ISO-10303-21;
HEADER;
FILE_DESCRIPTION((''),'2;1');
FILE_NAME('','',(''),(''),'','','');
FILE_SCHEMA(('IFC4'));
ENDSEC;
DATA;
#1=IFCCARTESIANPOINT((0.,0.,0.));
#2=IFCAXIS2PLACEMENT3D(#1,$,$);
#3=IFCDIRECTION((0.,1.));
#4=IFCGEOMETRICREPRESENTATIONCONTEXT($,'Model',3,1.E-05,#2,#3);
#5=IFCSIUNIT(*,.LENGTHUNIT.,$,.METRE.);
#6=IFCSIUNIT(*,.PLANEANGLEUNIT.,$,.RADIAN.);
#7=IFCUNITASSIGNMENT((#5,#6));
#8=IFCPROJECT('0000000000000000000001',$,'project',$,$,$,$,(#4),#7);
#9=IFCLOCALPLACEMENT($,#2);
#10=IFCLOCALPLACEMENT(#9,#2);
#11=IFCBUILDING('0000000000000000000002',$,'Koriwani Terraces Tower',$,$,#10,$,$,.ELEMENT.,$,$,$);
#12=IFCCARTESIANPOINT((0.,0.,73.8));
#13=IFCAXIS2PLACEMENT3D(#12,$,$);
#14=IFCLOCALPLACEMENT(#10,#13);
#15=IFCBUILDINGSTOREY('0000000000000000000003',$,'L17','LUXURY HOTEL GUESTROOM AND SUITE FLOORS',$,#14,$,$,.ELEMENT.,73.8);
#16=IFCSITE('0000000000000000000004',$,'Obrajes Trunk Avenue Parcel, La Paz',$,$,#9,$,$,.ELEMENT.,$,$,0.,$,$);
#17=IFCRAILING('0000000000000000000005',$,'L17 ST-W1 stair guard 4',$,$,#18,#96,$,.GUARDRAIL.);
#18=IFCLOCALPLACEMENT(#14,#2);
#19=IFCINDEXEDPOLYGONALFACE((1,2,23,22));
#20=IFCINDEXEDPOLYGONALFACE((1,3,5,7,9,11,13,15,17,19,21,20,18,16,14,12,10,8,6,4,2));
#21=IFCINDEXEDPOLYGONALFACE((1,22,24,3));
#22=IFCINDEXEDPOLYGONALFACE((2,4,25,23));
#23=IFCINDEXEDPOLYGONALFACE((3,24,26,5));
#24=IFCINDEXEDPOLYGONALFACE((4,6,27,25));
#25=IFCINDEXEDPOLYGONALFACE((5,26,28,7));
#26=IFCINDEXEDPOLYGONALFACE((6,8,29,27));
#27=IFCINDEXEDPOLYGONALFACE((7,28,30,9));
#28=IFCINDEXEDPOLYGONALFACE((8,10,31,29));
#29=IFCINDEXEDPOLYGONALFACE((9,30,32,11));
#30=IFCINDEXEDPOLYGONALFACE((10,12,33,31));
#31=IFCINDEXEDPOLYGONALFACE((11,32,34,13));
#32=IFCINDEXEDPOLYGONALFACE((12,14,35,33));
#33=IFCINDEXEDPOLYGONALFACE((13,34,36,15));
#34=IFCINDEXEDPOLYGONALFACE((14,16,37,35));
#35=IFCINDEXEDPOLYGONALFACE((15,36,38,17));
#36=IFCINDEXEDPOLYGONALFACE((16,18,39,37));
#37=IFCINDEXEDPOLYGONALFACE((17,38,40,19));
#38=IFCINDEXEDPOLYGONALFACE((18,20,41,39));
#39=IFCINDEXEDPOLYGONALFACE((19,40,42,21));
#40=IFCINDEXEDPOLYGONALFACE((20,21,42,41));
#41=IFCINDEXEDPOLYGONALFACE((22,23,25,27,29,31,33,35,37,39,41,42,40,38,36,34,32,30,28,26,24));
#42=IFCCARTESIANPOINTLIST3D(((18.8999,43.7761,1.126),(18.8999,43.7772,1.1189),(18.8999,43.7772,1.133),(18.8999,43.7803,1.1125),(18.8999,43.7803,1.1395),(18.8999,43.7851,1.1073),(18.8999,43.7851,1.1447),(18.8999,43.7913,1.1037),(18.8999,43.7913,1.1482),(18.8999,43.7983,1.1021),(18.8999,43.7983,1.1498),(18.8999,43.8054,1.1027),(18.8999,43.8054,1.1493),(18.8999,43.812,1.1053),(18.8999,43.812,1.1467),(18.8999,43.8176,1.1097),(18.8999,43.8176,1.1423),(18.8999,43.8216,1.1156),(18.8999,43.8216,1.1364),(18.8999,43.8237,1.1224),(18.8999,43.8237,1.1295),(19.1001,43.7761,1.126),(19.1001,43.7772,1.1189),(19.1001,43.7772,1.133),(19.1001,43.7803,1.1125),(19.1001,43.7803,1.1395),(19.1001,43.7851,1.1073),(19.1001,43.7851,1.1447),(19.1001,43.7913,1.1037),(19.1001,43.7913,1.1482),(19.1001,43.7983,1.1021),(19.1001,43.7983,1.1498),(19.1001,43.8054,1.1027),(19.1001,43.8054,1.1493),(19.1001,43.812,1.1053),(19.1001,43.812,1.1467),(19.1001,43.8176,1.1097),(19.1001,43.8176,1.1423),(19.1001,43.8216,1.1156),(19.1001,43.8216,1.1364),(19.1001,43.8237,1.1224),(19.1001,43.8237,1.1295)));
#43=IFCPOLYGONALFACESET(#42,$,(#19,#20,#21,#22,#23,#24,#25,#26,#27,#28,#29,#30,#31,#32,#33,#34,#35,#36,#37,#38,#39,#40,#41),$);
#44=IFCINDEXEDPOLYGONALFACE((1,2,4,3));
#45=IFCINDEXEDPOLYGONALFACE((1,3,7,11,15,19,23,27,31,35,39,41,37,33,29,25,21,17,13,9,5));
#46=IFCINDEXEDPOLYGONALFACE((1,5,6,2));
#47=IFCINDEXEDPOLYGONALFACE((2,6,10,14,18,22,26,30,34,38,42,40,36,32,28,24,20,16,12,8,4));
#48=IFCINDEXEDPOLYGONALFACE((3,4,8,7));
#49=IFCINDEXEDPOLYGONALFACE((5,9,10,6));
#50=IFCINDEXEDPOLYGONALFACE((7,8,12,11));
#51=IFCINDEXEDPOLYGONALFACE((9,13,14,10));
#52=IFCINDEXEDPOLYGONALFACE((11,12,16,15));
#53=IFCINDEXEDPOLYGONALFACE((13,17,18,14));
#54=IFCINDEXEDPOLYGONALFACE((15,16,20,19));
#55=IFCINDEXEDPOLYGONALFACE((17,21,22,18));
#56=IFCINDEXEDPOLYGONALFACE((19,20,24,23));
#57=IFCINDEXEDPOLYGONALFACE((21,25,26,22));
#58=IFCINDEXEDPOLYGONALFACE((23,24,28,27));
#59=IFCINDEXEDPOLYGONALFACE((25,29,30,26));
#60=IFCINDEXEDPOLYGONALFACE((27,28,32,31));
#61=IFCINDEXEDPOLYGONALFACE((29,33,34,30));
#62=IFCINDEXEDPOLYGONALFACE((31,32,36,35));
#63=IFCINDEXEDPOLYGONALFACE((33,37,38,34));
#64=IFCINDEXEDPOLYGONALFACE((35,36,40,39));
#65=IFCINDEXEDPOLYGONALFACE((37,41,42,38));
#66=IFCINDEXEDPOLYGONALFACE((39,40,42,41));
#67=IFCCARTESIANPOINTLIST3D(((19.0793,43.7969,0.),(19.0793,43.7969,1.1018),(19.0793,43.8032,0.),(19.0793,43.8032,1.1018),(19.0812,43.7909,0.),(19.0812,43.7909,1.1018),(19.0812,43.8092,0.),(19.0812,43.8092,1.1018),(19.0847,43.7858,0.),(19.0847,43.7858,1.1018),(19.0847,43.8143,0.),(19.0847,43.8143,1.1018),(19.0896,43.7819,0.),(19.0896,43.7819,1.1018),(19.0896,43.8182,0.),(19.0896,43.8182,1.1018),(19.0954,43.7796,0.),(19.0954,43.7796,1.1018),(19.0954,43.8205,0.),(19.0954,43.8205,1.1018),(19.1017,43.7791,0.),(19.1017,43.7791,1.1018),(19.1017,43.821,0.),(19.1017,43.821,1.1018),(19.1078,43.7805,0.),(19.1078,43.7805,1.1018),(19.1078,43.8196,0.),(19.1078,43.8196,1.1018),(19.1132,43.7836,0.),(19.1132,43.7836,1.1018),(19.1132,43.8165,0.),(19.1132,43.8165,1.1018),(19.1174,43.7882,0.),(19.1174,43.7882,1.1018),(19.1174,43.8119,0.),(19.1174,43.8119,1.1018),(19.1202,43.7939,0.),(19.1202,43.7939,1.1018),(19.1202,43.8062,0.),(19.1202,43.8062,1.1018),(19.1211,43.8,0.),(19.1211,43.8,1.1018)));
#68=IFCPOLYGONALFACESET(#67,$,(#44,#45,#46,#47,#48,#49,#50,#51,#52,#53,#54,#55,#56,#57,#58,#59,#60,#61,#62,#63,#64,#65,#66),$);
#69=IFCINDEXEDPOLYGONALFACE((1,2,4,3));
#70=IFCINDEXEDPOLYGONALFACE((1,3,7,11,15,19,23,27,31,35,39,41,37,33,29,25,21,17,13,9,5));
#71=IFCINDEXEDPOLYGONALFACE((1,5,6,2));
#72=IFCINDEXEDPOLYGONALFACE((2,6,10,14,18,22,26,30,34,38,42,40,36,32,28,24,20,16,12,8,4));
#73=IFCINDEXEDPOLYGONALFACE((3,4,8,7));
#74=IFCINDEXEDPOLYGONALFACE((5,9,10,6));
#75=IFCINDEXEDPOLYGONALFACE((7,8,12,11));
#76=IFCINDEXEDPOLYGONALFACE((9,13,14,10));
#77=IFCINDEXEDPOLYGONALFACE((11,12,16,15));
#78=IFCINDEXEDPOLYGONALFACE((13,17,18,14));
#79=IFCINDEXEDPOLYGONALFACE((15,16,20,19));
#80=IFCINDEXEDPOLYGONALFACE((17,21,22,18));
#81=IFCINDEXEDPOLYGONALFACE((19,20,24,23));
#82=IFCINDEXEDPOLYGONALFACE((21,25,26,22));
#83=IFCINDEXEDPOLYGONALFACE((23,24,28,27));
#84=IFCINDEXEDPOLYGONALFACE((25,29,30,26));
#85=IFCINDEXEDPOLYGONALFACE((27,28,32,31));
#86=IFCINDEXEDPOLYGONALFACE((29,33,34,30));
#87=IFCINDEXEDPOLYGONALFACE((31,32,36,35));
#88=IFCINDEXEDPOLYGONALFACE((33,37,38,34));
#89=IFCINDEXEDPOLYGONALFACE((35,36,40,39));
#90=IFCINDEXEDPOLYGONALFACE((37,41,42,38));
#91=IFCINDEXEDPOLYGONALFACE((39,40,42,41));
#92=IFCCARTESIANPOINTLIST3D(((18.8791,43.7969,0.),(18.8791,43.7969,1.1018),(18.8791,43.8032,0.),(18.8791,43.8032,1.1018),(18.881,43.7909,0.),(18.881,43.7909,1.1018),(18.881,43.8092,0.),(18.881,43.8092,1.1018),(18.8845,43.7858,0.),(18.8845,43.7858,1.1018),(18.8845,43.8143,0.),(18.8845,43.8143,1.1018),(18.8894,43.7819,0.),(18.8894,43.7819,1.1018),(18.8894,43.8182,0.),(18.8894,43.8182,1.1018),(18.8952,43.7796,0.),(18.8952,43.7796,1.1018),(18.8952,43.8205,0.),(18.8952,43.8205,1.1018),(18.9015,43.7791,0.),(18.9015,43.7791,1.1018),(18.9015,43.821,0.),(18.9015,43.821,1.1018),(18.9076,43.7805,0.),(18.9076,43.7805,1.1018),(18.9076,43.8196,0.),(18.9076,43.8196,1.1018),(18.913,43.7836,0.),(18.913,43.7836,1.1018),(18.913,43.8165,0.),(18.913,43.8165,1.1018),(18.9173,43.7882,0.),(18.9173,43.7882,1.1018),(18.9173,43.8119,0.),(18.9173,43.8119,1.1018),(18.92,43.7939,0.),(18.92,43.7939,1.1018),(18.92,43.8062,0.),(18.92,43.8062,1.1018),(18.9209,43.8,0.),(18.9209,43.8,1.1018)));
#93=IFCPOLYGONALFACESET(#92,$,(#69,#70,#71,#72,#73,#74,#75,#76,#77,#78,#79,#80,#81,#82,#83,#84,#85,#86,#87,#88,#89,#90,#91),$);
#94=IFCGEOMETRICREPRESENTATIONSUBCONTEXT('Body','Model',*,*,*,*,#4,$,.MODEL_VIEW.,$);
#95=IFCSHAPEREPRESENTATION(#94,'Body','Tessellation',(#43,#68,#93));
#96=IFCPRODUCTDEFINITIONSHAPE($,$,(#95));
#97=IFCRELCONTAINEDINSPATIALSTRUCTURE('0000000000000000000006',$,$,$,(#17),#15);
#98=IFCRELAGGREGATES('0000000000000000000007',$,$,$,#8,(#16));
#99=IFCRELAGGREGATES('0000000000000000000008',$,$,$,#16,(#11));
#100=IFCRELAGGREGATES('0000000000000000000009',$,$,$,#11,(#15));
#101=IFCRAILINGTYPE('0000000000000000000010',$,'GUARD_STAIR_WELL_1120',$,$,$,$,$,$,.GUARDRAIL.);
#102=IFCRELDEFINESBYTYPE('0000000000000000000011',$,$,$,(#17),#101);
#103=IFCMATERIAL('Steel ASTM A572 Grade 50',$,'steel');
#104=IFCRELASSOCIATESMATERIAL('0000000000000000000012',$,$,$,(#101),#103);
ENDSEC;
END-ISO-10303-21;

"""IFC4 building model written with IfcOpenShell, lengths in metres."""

from ifc_helpers import new_model, si_unit, direction, frame, origin, origin_2d, place, context, subcontext, project, spatial, circle, extrude, material, type_object, element, save


model = new_model("IFC4")

# Units and contexts
model_context = context("Model", 3, precision=1e-05, world=origin(), true_north=direction((0.0, 1.0)))
body_context = subcontext(model_context, "Body", "Model", "MODEL_VIEW")
ifc_project = project(units=[si_unit("LENGTHUNIT", "METRE"), si_unit("PLANEANGLEUNIT", "RADIAN")], contexts=[model_context])

# Site, building, storey
site_placement = place(None, origin())
site = spatial("IfcSite", under=ifc_project, at=site_placement, Name="Obrajes Trunk Avenue Parcel, La Paz", CompositionType="ELEMENT", RefElevation=0.0)
building_placement = place(site_placement, origin())
building = spatial("IfcBuilding", under=site, at=building_placement, Name="Koriwani Terraces Tower", CompositionType="ELEMENT")
storey_placement = place(building_placement, frame((0.0, 0.0, 73.8)))
storey = spatial("IfcBuildingStorey", under=building, at=storey_placement, Name="L17", Description="LUXURY HOTEL GUESTROOM AND SUITE FLOORS", CompositionType="ELEMENT", Elevation=73.8)

# Shared definitions
ifc_material_1 = material(Name="Steel ASTM A572 Grade 50", Category="steel")

# Railing
railing_type = type_object("IfcRailingType", Name="GUARD_STAIR_WELL_1120", PredefinedType="GUARDRAIL", material=ifc_material_1)
railing_1_placement = place(storey_placement, frame((19.1001, 43.8, 0.0)))
element("IfcRailing", 1, at=railing_1_placement, inside=storey, type_object=railing_type, Name="L17 ST-W1 stair guard 4", PredefinedType="GUARDRAIL", context=body_context, shape_type="SweptSolid", body=[
    extrude(circle(Radius=0.0239, at=origin_2d()), frame((0.0, 0.0, 1.126), z_axis=(-1.0, 0.0, 0.0), x_axis=(0.0, -1.0, 0.0)), (0.0, 0.0, 1.0), 0.2002),
    extrude(circle(Radius=0.021, at=origin_2d()), origin(), (0.0, 0.0, 1.0), 1.1018),
    extrude(circle(Radius=0.021, at=origin_2d()), frame((-0.2002, 0.0, 0.0)), (0.0, 0.0, 1.0), 1.1018),
])

save(model, "model.ifc")
